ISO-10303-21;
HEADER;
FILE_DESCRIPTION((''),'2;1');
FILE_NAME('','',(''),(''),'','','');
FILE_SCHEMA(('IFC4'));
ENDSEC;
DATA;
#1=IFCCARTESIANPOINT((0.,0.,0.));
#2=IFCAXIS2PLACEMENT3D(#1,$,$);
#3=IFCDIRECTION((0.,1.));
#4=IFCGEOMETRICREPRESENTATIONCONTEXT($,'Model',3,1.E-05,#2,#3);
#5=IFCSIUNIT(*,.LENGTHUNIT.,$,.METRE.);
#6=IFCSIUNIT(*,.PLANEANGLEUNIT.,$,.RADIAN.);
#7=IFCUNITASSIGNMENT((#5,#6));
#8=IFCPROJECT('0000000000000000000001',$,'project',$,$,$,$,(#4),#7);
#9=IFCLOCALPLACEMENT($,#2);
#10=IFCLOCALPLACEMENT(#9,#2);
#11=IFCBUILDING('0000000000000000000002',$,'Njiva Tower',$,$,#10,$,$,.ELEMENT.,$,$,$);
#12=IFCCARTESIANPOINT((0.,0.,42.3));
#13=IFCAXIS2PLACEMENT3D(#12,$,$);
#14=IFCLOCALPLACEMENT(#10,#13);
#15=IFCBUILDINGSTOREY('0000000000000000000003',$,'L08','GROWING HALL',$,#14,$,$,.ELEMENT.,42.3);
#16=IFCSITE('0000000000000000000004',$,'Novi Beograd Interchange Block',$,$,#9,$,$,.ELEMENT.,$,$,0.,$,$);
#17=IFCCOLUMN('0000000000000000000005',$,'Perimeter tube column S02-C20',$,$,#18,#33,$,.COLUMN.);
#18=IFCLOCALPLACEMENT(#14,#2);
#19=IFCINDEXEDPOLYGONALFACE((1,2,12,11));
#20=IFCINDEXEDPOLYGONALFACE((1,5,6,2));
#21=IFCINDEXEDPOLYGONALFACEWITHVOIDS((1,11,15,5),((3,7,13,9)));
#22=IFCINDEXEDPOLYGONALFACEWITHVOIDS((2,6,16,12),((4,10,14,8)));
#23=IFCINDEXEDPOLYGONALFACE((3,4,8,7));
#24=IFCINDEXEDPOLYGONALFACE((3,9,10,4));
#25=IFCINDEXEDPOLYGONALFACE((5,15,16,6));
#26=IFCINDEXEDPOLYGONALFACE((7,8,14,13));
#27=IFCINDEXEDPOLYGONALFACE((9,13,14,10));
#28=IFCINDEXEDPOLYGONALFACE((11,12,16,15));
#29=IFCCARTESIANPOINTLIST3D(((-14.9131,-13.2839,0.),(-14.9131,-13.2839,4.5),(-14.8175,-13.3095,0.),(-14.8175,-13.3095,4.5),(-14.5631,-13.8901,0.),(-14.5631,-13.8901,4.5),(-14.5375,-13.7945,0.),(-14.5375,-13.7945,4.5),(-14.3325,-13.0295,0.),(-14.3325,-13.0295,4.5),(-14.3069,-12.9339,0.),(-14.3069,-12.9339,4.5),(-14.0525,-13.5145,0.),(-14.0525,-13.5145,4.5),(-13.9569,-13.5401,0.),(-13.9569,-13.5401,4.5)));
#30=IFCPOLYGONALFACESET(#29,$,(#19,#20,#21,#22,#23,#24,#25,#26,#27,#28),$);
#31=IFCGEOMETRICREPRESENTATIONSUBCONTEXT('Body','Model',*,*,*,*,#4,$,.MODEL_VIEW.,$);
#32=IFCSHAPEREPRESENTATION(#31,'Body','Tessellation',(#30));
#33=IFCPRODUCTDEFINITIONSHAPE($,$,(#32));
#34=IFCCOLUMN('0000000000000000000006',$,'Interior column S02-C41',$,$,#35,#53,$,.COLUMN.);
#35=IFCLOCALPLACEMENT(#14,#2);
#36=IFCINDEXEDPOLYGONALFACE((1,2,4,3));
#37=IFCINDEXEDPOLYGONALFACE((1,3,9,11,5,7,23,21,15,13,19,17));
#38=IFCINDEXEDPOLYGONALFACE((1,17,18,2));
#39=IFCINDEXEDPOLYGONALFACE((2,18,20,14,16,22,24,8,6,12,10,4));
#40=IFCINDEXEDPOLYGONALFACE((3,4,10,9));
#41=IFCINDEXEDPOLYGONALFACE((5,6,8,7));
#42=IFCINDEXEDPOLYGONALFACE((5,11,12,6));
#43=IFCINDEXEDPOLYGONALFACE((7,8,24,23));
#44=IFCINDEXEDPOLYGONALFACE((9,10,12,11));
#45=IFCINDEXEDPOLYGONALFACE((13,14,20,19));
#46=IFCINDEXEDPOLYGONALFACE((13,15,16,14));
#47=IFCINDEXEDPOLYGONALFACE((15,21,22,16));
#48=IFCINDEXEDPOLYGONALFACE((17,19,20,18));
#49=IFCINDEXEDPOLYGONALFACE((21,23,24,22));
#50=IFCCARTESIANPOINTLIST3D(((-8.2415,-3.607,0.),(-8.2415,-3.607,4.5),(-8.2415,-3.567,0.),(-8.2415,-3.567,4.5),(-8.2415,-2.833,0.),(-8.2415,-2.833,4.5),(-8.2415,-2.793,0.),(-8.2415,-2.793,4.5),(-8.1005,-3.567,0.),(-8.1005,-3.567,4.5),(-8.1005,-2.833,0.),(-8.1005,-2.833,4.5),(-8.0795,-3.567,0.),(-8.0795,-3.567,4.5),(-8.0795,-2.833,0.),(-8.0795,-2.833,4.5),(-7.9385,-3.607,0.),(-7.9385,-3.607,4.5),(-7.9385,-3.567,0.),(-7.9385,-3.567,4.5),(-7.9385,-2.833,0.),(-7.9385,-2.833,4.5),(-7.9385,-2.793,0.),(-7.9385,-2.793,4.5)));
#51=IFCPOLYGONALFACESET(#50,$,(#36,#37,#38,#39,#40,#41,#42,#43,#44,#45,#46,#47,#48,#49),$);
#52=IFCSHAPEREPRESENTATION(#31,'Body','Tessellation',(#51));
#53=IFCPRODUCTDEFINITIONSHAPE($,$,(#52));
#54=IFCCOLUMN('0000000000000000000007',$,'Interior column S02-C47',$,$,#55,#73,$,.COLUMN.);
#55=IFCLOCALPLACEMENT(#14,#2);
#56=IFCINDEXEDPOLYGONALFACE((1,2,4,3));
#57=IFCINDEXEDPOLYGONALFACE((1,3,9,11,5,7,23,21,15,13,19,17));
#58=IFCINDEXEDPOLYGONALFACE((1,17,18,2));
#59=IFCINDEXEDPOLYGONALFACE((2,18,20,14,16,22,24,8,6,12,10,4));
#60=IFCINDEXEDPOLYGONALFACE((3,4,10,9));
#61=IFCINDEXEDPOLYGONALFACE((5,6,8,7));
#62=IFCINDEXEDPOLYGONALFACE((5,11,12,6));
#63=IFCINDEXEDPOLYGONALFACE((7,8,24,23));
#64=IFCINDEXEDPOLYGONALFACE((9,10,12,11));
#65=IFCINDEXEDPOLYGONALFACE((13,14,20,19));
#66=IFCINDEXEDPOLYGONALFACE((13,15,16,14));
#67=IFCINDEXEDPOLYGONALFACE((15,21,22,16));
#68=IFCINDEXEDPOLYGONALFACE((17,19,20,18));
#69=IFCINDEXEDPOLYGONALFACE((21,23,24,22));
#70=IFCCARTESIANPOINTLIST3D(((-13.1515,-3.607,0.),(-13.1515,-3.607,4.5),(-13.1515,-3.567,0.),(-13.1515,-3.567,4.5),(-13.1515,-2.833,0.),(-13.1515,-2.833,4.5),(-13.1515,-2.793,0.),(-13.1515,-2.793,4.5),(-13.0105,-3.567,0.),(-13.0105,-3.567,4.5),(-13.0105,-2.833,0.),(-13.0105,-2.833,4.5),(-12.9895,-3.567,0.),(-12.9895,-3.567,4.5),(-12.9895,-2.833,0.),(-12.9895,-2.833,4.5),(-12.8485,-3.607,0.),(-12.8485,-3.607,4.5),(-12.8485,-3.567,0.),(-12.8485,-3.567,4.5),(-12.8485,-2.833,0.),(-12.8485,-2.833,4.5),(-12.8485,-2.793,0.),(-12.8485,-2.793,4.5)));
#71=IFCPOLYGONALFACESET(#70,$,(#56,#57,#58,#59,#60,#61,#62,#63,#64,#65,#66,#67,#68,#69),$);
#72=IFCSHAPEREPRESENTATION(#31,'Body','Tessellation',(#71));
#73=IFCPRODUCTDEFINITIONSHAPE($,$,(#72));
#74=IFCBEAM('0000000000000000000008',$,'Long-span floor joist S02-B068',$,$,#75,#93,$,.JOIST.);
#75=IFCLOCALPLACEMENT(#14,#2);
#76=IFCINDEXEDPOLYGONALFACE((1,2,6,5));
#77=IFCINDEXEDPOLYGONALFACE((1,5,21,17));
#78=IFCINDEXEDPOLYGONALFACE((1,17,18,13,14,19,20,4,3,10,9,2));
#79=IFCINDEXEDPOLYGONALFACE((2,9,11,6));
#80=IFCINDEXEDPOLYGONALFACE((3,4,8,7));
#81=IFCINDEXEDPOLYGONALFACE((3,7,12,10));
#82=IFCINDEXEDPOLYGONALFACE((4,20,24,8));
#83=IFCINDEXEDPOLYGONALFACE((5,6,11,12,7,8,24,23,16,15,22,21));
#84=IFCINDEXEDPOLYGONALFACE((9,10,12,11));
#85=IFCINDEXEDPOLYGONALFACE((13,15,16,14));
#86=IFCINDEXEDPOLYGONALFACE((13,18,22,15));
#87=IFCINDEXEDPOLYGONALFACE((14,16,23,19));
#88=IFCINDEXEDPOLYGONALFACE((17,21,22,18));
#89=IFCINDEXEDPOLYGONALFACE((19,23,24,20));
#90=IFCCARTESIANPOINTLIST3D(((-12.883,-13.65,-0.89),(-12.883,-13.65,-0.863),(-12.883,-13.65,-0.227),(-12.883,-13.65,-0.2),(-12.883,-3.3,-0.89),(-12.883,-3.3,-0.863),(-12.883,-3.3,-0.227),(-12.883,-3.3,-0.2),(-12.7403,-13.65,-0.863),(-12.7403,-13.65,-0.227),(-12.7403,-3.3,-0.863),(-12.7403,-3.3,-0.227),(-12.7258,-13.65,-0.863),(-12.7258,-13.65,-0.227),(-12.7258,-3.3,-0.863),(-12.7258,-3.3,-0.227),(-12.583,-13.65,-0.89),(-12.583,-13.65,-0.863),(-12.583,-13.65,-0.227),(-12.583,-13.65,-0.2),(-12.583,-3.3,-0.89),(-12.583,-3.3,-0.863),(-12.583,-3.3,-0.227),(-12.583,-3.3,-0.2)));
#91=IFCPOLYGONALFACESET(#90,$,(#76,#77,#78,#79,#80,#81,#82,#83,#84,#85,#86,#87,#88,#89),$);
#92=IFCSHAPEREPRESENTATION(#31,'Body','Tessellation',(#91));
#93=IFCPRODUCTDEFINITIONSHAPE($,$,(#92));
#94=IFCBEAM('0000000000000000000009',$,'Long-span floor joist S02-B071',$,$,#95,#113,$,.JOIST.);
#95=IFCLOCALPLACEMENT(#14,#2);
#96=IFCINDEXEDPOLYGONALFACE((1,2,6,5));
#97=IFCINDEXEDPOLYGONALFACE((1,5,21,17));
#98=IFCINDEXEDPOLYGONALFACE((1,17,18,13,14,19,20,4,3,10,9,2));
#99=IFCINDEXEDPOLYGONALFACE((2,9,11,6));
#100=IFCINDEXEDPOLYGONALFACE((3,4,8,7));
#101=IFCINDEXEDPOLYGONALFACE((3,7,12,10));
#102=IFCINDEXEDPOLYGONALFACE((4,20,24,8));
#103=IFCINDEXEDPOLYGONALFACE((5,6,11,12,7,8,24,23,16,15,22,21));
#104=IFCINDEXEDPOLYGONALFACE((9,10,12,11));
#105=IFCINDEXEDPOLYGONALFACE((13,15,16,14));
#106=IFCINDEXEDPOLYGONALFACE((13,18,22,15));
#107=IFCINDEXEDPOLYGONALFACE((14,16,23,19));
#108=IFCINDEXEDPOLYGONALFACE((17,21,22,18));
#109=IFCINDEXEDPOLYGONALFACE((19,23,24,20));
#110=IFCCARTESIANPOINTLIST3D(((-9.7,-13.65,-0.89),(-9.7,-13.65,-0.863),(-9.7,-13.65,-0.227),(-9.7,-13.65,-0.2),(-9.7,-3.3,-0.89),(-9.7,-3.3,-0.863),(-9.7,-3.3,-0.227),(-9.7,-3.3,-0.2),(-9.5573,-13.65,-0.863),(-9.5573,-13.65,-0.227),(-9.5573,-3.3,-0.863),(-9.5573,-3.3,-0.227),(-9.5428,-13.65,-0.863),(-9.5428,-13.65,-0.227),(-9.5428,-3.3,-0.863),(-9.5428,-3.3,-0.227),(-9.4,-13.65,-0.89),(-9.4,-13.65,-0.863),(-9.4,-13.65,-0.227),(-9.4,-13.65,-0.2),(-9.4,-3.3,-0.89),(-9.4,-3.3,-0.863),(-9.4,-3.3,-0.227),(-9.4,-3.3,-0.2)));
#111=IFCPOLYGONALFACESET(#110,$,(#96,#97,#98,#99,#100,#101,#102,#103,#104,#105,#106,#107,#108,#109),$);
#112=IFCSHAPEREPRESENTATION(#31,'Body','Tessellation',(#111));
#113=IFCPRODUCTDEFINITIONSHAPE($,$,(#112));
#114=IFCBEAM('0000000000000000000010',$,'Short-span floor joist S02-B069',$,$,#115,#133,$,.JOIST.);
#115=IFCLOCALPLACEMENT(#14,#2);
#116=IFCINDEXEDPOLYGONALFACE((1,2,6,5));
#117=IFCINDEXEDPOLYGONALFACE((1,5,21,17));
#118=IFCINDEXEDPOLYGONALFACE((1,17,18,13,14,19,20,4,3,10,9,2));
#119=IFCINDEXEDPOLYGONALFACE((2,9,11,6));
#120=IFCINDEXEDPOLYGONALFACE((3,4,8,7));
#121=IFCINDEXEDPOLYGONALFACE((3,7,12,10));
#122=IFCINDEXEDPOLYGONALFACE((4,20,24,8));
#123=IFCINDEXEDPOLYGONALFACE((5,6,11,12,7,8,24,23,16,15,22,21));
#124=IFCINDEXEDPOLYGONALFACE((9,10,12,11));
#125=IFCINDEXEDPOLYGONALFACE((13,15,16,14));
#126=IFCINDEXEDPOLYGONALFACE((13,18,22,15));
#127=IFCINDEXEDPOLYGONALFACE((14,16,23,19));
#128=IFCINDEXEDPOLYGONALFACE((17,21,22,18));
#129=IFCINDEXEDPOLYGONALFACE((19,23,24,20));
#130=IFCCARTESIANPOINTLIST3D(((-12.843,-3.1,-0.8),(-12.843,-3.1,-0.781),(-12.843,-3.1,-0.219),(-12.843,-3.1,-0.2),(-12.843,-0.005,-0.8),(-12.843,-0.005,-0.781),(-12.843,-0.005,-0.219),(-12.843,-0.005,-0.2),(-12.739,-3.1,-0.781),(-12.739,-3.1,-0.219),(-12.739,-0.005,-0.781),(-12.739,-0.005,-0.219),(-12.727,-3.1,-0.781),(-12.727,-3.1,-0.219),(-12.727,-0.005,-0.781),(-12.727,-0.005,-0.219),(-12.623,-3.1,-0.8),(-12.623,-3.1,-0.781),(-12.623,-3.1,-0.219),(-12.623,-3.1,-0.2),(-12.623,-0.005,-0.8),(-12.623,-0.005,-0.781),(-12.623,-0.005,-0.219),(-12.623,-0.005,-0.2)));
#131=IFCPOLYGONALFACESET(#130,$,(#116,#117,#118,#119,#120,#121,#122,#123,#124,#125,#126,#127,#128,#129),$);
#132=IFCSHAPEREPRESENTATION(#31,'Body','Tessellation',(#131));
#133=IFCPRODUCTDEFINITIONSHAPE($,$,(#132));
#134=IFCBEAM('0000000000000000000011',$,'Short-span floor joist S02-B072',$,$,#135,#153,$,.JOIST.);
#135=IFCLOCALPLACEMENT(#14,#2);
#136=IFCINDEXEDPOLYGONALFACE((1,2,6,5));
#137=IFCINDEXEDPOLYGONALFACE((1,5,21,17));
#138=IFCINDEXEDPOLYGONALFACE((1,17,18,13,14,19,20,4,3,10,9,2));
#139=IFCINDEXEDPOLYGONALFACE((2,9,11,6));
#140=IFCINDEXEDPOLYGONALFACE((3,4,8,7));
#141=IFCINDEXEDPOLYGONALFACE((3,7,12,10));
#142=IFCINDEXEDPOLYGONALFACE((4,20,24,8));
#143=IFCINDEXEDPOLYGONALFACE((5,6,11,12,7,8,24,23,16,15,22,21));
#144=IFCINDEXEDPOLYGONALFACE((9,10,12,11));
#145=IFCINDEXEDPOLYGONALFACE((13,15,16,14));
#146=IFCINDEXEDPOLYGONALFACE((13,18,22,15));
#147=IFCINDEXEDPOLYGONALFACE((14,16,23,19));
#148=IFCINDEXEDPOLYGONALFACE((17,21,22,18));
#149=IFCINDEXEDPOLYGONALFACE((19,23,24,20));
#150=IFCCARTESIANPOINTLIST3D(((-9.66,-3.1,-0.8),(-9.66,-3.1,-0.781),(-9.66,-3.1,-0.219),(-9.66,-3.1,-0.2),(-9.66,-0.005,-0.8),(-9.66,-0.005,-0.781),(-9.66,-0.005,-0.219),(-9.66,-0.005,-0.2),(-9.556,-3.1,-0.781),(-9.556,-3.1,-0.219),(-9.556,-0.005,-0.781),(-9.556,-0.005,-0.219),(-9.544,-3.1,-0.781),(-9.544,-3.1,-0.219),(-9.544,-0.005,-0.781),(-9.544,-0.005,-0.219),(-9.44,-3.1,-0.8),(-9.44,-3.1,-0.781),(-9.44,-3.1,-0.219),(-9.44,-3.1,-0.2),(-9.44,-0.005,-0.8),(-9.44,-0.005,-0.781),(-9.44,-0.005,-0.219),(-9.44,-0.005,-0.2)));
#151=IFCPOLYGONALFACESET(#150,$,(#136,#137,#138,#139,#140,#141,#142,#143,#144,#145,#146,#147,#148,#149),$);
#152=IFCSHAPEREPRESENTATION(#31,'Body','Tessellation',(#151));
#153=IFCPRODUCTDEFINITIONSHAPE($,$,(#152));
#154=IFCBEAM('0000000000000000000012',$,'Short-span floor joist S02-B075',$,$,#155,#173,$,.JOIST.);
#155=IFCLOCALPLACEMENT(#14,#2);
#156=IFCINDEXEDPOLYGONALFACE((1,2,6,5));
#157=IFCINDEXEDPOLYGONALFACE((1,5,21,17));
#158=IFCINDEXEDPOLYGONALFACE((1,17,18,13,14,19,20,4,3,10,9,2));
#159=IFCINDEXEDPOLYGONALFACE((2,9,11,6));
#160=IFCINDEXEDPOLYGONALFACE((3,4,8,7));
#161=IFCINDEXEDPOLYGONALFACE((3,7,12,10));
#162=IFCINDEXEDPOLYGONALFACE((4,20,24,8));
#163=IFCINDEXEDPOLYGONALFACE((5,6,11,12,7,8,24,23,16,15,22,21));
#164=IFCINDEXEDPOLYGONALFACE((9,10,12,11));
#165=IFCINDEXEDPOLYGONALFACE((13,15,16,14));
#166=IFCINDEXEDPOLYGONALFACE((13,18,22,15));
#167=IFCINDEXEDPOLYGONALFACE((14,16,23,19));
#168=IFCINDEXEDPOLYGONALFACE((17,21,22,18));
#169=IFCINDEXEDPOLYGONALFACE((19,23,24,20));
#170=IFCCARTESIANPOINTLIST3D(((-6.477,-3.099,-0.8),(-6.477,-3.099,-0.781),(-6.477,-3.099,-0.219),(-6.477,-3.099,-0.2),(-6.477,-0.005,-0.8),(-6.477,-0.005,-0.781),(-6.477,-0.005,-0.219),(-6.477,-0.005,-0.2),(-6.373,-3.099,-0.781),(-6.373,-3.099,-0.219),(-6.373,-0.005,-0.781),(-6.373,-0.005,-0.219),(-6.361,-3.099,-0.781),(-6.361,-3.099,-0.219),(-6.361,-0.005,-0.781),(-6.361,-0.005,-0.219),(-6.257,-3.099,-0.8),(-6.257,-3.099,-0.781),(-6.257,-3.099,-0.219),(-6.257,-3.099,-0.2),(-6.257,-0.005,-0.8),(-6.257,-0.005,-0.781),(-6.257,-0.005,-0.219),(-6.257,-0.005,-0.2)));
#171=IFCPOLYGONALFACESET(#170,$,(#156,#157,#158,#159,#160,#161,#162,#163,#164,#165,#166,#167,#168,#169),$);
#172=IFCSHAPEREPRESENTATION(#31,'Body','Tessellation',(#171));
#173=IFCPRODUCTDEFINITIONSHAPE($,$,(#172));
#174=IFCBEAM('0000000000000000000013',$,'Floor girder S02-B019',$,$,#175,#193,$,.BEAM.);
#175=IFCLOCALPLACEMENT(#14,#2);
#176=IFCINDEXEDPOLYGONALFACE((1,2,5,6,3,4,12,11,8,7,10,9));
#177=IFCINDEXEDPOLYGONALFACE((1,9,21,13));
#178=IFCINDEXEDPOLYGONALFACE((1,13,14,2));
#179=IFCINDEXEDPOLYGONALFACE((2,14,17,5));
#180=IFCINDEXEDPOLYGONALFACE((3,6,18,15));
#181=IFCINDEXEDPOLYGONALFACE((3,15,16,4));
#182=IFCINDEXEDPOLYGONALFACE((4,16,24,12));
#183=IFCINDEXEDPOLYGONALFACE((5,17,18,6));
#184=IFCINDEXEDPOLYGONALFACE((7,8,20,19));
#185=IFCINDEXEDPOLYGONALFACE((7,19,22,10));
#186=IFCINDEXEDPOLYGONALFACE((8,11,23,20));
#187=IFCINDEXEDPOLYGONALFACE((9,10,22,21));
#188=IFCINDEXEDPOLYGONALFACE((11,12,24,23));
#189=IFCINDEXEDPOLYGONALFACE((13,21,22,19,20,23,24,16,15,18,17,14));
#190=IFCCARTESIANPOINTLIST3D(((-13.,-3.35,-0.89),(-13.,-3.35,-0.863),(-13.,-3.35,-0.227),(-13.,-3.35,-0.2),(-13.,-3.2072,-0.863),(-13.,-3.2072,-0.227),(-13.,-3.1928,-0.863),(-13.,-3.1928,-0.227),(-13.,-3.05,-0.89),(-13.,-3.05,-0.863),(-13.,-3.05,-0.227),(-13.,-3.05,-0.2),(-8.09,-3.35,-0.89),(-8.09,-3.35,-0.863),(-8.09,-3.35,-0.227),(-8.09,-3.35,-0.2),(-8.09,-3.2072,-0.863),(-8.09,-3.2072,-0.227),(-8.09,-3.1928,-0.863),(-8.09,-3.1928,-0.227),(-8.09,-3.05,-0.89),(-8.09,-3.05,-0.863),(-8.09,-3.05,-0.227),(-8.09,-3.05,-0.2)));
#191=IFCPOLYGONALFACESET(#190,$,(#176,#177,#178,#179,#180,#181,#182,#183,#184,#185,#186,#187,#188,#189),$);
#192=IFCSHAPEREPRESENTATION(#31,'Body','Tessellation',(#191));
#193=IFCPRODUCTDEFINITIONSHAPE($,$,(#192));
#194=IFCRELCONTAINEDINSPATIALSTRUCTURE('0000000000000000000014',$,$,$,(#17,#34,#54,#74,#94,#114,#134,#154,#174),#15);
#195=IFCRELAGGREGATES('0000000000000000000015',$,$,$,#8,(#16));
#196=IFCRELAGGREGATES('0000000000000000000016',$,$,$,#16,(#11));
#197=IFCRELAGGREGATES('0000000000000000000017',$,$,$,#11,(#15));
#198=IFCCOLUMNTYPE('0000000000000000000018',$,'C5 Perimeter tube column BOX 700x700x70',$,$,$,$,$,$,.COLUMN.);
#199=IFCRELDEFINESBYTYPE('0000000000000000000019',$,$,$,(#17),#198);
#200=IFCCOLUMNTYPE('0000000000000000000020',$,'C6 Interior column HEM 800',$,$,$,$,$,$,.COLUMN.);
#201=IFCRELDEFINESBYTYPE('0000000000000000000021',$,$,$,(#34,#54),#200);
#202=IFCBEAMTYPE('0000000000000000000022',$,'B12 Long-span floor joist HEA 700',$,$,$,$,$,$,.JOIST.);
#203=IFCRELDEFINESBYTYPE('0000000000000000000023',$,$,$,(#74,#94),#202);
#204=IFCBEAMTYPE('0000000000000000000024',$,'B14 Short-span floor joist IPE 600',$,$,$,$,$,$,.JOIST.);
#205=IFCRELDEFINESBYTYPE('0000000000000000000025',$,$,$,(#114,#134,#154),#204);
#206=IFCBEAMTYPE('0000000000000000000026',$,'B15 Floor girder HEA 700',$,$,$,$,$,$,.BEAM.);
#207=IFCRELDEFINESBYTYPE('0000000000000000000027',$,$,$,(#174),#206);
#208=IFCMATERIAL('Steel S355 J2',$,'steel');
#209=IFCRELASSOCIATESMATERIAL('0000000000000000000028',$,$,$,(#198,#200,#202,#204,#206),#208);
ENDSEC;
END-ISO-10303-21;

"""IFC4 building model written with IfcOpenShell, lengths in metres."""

from ifc_helpers import new_model, si_unit, direction, frame, origin, origin_2d, place, context, subcontext, project, spatial, hollow_rectangle, i_section, extrude, material, material_profile, profile_set, type_object, element, save


model = new_model("IFC4")

# Units and contexts
model_context = context("Model", 3, precision=1e-05, world=origin(), true_north=direction((0.0, 1.0)))
body_context = subcontext(model_context, "Body", "Model", "MODEL_VIEW")
ifc_project = project(units=[si_unit("LENGTHUNIT", "METRE"), si_unit("PLANEANGLEUNIT", "RADIAN")], contexts=[model_context])

# Site, building, storey
site_placement = place(None, origin())
site = spatial("IfcSite", under=ifc_project, at=site_placement, Name="Novi Beograd Interchange Block", CompositionType="ELEMENT", RefElevation=0.0)
building_placement = place(site_placement, origin())
building = spatial("IfcBuilding", under=site, at=building_placement, Name="Njiva Tower", CompositionType="ELEMENT")
storey_placement = place(building_placement, frame((0.0, 0.0, 42.3)))
storey = spatial("IfcBuildingStorey", under=building, at=storey_placement, Name="L08", Description="GROWING HALL", CompositionType="ELEMENT", Elevation=42.3)

# Columns
ifc_material_1 = material(Name="Steel S355 J2", Category="steel")
ifc_material_profile_1 = material_profile(ifc_material_1, hollow_rectangle(XDim=0.7, YDim=0.7, WallThickness=0.07, at=origin_2d()), Name="BOX 700x700x70")
ifc_profile_set_1 = profile_set([ifc_material_profile_1], Name="Steel S355 J2")
column_type_1 = type_object("IfcColumnType", Name="C5 Perimeter tube column BOX 700x700x70", PredefinedType="COLUMN", material=ifc_profile_set_1)
column_placement = place(storey_placement, frame((-14.435, -13.412, 0.0), z_axis=(0.0, 0.0, 1.0), x_axis=(0.5, -0.866025, 0.0)))
element("IfcColumn", 1, at=column_placement, inside=storey, type_object=column_type_1, Name="Perimeter tube column S02-C20", PredefinedType="COLUMN", context=body_context, shape_type="SweptSolid", body=[
    extrude(hollow_rectangle(XDim=0.7, YDim=0.7, WallThickness=0.07, at=origin_2d()), origin(), (0.0, 0.0, 1.0), 4.5),
])
ifc_material_profile_2 = material_profile(ifc_material_1, i_section(OverallWidth=0.303, OverallDepth=0.814, WebThickness=0.021, FlangeThickness=0.04, at=origin_2d()), Name="HEM 800")
ifc_profile_set_2 = profile_set([ifc_material_profile_2], Name="Steel S355 J2")
column_type_2 = type_object("IfcColumnType", Name="C6 Interior column HEM 800", PredefinedType="COLUMN", material=ifc_profile_set_2)
for number, where, z_axis, x_axis, name in (
    (2, (-8.09, -3.2, 0.0), (0.0, 0.0, 1.0), (1.0, 0.0, 0.0), "Interior column S02-C41"),
    (3, (-13.0, -3.2, 0.0), (0.0, 0.0, 1.0), (1.0, 0.0, 0.0), "Interior column S02-C47"),
):
    element("IfcColumn", number, at=place(storey_placement, frame(where, z_axis=z_axis, x_axis=x_axis)), inside=storey, type_object=column_type_2, Name=name, PredefinedType="COLUMN", context=body_context, shape_type="SweptSolid", body=[
        extrude(i_section(OverallWidth=0.303, OverallDepth=0.814, WebThickness=0.021, FlangeThickness=0.04, at=origin_2d()), origin(), (0.0, 0.0, 1.0), 4.5),
    ])

# Beams
ifc_material_profile_3 = material_profile(ifc_material_1, i_section(OverallWidth=0.3, OverallDepth=0.69, WebThickness=0.0145, FlangeThickness=0.027, at=origin_2d()), Name="HEA 700")
ifc_profile_set_3 = profile_set([ifc_material_profile_3], Name="Steel S355 J2")
beam_type_1 = type_object("IfcBeamType", Name="B12 Long-span floor joist HEA 700", PredefinedType="JOIST", material=ifc_profile_set_3)
for number, where, z_axis, x_axis, name in (
    (4, (-12.733, -3.3, -0.545), (0.0, -1.0, 0.0), (1.0, 0.0, 0.0), "Long-span floor joist S02-B068"),
    (5, (-9.55, -3.3, -0.545), (0.0, -1.0, 0.0), (1.0, 0.0, 0.0), "Long-span floor joist S02-B071"),
):
    element("IfcBeam", number, at=place(storey_placement, frame(where, z_axis=z_axis, x_axis=x_axis)), inside=storey, type_object=beam_type_1, Name=name, PredefinedType="JOIST", context=body_context, shape_type="SweptSolid", body=[
        extrude(i_section(OverallWidth=0.3, OverallDepth=0.69, WebThickness=0.0145, FlangeThickness=0.027, at=origin_2d()), origin(), (0.0, 0.0, 1.0), 10.35),
    ])
ifc_material_profile_4 = material_profile(ifc_material_1, i_section(OverallWidth=0.22, OverallDepth=0.6, WebThickness=0.012, FlangeThickness=0.019, at=origin_2d()), Name="IPE 600")
ifc_profile_set_4 = profile_set([ifc_material_profile_4], Name="Steel S355 J2")
beam_type_2 = type_object("IfcBeamType", Name="B14 Short-span floor joist IPE 600", PredefinedType="JOIST", material=ifc_profile_set_4)
for number, where, z_axis, x_axis, name in (
    (6, (-12.733, -0.005, -0.5), (0.0, -1.0, 0.0), (1.0, 0.0, 0.0), "Short-span floor joist S02-B069"),
    (7, (-9.55, -0.005, -0.5), (0.0, -1.0, 0.0), (1.0, 0.0, 0.0), "Short-span floor joist S02-B072"),
):
    element("IfcBeam", number, at=place(storey_placement, frame(where, z_axis=z_axis, x_axis=x_axis)), inside=storey, type_object=beam_type_2, Name=name, PredefinedType="JOIST", context=body_context, shape_type="SweptSolid", body=[
        extrude(i_section(OverallWidth=0.22, OverallDepth=0.6, WebThickness=0.012, FlangeThickness=0.019, at=origin_2d()), origin(), (0.0, 0.0, 1.0), 3.095),
    ])
beam_1_placement = place(storey_placement, frame((-6.367, -0.005, -0.5), z_axis=(0.0, -1.0, 0.0), x_axis=(1.0, 0.0, 0.0)))
element("IfcBeam", 8, at=beam_1_placement, inside=storey, type_object=beam_type_2, Name="Short-span floor joist S02-B075", PredefinedType="JOIST", context=body_context, shape_type="SweptSolid", body=[
    extrude(i_section(OverallWidth=0.22, OverallDepth=0.6, WebThickness=0.012, FlangeThickness=0.019, at=origin_2d()), origin(), (0.0, 0.0, 1.0), 3.094),
])
ifc_material_profile_5 = material_profile(ifc_material_1, i_section(OverallWidth=0.3, OverallDepth=0.69, WebThickness=0.0145, FlangeThickness=0.027, at=origin_2d()), Name="HEA 700")
ifc_profile_set_5 = profile_set([ifc_material_profile_5], Name="Steel S355 J2")
beam_type_3 = type_object("IfcBeamType", Name="B15 Floor girder HEA 700", PredefinedType="BEAM", material=ifc_profile_set_5)
beam_2_placement = place(storey_placement, frame((-13.0, -3.2, -0.545), z_axis=(1.0, 0.0, 0.0), x_axis=(0.0, 1.0, 0.0)))
element("IfcBeam", 9, at=beam_2_placement, inside=storey, type_object=beam_type_3, Name="Floor girder S02-B019", PredefinedType="BEAM", context=body_context, shape_type="SweptSolid", body=[
    extrude(i_section(OverallWidth=0.3, OverallDepth=0.69, WebThickness=0.0145, FlangeThickness=0.027, at=origin_2d()), origin(), (0.0, 0.0, 1.0), 4.91),
])

save(model, "model.ifc")
